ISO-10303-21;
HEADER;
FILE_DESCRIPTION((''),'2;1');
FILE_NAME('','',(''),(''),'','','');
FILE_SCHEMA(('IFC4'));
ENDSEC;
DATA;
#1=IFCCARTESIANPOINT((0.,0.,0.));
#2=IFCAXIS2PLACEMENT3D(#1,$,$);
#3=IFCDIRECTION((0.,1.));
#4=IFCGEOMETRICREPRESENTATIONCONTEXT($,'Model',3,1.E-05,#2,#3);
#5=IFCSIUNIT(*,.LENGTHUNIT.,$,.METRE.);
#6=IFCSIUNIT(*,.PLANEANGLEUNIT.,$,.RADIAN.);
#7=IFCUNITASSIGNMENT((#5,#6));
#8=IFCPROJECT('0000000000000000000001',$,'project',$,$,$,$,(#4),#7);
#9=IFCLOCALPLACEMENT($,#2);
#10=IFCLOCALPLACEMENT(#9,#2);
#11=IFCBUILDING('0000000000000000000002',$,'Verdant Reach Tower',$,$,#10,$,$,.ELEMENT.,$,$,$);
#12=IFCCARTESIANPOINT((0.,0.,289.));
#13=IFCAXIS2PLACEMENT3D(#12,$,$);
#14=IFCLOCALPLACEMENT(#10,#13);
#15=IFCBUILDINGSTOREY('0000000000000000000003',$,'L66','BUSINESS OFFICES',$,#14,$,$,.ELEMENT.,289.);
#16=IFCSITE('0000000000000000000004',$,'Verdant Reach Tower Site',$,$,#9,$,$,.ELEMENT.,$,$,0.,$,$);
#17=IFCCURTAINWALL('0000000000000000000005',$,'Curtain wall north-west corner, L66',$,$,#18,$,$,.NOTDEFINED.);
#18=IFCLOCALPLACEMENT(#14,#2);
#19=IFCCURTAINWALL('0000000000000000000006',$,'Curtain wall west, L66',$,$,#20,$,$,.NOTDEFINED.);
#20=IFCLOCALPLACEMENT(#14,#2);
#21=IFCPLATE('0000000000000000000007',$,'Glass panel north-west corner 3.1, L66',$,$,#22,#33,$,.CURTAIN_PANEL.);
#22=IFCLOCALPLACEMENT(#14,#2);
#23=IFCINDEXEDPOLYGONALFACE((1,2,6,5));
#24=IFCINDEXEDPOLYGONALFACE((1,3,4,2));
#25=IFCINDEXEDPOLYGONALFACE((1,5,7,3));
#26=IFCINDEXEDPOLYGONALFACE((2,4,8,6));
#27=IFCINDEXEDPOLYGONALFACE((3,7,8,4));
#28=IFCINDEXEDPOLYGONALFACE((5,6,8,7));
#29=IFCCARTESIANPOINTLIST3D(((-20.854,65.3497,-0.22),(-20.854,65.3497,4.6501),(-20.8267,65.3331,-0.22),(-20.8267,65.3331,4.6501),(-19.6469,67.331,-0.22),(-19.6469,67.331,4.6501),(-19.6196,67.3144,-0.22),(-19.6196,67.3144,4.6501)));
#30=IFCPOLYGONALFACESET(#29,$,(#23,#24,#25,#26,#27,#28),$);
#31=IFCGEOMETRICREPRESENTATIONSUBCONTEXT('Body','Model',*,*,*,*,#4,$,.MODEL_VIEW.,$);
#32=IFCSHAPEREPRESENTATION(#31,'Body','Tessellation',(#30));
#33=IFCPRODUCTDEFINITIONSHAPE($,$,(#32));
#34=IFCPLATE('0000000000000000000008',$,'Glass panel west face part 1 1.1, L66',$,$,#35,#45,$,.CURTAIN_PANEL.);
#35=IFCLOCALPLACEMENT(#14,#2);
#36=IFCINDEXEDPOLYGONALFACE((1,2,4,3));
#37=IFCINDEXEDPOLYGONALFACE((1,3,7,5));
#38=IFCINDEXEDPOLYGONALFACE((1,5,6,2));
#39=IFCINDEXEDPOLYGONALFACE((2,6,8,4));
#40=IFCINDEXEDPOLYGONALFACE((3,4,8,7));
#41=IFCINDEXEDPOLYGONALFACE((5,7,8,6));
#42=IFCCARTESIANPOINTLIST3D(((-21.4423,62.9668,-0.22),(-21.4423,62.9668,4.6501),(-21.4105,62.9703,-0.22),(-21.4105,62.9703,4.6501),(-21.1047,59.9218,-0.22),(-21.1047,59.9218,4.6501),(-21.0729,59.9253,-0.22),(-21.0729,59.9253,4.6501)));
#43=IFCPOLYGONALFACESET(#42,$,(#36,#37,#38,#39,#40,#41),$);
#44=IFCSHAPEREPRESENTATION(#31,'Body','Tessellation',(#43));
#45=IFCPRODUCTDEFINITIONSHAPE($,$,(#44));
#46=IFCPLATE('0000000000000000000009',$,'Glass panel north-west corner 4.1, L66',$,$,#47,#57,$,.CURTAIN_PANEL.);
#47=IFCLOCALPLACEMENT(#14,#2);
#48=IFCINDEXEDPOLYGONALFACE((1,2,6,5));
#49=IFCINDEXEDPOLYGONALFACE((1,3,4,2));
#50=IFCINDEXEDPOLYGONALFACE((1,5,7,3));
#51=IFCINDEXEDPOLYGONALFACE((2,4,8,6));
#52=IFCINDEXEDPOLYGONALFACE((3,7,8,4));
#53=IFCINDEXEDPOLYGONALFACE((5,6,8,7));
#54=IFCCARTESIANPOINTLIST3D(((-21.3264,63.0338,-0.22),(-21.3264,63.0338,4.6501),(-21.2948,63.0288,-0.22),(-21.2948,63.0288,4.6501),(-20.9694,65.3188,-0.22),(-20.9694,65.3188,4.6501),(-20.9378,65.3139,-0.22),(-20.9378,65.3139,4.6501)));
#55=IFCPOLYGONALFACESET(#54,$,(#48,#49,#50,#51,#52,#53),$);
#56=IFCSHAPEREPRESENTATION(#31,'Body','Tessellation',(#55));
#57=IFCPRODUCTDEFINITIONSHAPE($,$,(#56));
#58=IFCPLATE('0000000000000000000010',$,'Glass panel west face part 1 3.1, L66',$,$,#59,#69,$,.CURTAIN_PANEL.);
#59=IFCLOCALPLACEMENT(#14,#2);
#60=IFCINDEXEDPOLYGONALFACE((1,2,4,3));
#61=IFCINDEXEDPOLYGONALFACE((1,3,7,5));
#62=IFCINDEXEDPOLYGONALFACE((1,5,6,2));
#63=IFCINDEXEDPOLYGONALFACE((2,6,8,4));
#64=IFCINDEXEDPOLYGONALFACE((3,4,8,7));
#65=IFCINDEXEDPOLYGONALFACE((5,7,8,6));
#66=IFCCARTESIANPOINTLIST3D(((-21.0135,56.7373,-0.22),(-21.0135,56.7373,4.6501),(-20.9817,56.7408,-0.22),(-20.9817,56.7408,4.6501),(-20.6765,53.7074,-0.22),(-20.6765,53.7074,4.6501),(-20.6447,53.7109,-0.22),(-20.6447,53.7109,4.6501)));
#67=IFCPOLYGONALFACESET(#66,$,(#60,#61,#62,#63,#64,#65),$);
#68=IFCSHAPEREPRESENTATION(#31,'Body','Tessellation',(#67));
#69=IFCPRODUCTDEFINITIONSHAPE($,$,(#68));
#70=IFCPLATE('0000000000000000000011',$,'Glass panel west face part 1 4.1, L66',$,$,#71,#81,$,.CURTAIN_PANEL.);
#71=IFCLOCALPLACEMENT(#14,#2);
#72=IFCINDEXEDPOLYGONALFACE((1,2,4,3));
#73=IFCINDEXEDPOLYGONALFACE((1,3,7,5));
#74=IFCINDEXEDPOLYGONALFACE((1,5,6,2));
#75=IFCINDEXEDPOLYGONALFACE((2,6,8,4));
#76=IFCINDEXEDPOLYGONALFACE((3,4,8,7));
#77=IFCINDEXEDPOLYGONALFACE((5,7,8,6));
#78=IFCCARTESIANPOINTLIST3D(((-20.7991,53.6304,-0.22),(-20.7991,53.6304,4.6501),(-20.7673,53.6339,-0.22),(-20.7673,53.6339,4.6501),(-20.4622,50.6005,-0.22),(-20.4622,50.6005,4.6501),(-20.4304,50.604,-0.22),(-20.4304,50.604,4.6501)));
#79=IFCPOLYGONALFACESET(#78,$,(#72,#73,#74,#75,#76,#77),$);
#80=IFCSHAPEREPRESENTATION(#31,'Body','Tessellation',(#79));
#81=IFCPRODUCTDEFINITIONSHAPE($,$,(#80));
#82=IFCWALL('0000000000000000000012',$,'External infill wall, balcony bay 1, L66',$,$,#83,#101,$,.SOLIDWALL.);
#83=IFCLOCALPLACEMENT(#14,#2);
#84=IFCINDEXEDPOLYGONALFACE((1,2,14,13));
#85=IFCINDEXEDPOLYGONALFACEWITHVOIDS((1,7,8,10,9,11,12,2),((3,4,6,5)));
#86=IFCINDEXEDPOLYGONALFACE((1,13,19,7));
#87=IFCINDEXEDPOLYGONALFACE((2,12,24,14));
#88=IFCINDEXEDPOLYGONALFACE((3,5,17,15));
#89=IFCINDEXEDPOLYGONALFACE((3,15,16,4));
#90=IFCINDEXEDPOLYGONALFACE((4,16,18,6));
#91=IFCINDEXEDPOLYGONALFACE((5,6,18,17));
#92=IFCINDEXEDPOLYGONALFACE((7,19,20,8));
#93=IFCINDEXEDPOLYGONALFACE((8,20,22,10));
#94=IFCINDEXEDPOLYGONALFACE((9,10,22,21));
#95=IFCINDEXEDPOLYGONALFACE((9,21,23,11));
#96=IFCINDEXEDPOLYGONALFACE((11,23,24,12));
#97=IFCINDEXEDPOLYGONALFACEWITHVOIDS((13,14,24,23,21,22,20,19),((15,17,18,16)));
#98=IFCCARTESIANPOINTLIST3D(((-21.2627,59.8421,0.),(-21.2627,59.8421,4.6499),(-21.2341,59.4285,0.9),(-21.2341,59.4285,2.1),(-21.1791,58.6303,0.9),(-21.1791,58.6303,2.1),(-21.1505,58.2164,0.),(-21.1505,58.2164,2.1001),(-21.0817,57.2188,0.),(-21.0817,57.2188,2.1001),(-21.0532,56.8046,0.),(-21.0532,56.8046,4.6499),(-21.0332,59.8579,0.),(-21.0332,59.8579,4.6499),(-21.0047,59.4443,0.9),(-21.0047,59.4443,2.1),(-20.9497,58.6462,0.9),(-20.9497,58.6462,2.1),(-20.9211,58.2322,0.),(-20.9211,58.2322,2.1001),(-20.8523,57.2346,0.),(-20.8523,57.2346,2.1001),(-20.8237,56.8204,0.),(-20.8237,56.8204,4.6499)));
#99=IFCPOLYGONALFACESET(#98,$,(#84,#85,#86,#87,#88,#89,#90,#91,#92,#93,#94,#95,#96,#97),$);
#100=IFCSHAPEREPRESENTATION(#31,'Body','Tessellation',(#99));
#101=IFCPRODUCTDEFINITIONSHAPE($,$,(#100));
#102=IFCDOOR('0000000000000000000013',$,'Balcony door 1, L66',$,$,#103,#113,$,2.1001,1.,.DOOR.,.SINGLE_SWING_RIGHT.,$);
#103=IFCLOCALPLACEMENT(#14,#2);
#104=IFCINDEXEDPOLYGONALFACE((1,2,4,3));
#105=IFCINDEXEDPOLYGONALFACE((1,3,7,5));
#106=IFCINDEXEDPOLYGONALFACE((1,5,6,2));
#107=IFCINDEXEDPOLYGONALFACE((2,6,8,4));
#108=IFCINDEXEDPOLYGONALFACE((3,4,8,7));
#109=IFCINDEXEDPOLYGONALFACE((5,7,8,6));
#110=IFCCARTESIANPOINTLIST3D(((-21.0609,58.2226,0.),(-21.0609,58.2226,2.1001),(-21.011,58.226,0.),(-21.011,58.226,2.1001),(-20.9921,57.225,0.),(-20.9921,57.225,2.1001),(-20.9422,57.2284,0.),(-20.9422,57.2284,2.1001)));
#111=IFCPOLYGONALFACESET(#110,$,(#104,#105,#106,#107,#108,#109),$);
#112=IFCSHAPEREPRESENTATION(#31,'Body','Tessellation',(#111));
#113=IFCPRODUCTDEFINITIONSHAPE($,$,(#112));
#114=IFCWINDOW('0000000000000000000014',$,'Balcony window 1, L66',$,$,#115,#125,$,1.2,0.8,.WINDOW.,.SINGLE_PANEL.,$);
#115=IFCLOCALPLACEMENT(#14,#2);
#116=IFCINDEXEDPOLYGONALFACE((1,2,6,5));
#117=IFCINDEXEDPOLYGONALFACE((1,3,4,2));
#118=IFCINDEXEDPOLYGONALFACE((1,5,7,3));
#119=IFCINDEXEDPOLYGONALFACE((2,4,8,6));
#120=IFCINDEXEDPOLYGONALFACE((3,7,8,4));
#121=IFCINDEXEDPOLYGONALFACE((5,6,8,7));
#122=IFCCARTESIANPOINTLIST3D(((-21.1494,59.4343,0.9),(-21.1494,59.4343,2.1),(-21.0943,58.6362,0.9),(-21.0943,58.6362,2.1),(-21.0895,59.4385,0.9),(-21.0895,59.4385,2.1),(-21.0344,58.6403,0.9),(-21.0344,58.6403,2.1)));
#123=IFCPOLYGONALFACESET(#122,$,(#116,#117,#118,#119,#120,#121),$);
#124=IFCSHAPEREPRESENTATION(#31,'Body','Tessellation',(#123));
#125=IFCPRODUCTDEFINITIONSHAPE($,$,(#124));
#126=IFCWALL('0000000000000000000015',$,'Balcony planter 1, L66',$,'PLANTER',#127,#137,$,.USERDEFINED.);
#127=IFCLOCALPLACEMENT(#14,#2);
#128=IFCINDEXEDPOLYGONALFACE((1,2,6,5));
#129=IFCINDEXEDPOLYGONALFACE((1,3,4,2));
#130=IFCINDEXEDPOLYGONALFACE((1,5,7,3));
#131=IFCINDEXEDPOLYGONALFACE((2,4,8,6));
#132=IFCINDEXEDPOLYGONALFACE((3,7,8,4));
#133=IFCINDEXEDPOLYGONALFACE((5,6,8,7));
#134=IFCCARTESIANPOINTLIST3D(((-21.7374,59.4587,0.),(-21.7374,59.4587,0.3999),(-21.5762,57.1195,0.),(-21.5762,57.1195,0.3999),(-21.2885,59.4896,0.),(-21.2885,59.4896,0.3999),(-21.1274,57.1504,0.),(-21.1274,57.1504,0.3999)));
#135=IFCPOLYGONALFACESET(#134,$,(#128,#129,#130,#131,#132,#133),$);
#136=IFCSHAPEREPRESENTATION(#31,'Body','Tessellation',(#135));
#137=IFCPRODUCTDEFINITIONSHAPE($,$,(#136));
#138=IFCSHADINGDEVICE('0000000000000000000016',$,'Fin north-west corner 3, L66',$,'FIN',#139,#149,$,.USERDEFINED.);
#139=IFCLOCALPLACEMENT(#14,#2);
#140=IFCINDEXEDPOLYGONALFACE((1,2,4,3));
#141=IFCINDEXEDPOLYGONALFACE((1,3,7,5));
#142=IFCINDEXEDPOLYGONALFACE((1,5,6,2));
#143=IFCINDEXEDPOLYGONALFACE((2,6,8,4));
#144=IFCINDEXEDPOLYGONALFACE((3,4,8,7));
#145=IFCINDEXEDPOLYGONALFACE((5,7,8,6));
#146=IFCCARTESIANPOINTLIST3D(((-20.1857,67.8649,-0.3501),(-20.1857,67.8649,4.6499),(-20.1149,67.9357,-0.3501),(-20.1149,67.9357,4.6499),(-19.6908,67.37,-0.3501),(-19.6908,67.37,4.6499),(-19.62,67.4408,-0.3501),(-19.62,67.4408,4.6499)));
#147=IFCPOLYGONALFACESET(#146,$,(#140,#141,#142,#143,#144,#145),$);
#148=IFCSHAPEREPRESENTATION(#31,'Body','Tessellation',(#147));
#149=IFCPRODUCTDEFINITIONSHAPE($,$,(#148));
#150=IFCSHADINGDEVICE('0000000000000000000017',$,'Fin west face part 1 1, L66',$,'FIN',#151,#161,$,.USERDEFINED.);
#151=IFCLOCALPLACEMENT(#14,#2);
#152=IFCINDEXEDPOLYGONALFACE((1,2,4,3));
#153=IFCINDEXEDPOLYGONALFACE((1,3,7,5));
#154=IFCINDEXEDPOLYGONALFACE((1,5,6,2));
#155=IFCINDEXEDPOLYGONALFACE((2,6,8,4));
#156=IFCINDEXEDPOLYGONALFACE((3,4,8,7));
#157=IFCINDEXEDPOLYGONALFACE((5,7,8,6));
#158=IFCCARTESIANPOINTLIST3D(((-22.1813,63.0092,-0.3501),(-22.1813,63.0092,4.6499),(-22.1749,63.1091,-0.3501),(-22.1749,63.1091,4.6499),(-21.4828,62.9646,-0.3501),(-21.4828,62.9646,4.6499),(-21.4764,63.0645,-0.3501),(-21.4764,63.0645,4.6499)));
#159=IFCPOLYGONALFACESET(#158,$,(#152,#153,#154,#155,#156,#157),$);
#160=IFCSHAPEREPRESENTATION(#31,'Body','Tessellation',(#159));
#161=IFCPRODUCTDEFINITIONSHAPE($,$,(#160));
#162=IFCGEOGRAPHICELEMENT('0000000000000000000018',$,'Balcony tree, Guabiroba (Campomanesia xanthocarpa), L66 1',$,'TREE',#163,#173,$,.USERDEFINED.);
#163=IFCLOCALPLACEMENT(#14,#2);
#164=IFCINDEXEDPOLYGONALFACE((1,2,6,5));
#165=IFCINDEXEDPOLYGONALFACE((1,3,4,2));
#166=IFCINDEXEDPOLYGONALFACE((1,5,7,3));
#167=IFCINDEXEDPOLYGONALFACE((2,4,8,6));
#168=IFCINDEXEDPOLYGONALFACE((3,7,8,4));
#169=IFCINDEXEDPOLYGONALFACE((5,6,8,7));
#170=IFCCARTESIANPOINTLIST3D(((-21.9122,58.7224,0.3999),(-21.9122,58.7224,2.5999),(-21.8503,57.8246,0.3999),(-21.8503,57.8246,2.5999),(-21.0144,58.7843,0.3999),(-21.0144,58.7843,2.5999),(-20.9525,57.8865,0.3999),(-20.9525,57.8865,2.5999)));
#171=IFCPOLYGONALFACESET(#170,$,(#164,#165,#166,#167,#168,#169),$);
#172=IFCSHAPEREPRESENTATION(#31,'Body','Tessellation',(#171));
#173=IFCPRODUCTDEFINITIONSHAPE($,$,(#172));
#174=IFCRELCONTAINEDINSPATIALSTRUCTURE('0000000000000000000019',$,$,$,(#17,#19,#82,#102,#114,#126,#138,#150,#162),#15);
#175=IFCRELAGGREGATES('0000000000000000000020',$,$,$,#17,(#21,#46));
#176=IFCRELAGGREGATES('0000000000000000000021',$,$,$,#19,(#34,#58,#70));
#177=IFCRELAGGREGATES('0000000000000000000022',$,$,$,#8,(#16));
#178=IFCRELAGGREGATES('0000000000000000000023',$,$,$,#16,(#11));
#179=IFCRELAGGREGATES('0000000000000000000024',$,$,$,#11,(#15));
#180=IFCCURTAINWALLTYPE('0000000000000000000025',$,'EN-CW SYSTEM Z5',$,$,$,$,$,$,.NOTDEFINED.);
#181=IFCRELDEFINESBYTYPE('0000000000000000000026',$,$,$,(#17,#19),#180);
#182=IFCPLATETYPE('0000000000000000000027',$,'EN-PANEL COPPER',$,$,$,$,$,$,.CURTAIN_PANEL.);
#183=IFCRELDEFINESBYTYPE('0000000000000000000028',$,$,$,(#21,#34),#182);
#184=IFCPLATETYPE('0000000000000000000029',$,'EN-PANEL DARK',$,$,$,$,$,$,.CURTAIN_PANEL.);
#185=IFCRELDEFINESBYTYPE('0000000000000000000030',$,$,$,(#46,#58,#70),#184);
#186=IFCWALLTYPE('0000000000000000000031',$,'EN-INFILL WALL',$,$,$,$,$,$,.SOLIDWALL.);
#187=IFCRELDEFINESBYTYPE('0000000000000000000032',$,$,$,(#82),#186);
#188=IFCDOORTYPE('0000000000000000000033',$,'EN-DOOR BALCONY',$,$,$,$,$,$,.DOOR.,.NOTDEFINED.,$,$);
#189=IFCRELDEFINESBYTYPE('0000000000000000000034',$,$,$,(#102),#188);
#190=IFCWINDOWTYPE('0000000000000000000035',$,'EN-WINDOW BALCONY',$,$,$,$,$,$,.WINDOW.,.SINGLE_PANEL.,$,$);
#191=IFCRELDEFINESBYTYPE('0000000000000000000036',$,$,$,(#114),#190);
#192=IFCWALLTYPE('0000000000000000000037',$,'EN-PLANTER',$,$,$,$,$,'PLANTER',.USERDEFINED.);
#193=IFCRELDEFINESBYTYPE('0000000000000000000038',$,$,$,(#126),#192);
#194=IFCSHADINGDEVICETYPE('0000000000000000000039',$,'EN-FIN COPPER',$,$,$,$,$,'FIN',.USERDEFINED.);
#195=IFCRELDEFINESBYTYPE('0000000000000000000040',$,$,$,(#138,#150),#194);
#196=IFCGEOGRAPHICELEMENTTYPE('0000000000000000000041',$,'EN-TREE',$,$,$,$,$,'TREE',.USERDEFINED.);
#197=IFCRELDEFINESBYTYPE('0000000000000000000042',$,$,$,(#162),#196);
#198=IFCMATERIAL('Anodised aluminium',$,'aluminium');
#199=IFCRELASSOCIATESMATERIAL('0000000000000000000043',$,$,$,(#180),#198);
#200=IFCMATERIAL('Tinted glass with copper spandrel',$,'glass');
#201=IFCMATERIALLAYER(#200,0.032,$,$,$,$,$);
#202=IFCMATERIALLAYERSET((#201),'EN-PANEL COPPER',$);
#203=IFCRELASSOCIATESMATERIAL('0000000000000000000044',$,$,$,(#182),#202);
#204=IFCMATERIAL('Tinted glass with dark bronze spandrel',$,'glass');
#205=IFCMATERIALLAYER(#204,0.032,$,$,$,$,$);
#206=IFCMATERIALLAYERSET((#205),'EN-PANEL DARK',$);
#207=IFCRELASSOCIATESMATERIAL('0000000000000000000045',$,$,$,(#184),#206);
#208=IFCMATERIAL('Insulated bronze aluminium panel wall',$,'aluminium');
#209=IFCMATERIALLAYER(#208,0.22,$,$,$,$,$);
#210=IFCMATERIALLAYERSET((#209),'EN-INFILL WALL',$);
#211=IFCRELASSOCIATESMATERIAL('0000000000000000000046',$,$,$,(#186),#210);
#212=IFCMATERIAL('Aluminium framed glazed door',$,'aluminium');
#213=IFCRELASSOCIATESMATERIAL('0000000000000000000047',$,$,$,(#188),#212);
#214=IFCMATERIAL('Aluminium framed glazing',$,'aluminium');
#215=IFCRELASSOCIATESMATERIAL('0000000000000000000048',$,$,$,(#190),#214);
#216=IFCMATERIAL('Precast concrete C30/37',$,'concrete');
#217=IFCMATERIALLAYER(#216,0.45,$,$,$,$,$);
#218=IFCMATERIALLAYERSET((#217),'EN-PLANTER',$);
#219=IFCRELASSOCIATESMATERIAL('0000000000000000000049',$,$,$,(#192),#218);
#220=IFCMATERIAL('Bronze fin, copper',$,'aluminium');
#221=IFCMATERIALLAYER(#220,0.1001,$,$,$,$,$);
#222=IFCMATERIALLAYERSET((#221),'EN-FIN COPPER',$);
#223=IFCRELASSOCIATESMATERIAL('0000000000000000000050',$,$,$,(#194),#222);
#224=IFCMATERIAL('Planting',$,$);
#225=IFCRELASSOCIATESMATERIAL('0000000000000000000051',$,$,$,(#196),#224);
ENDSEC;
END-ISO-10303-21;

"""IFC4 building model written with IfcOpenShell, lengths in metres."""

from ifc_helpers import new_model, si_unit, direction, frame, frame_2d, origin, origin_2d, place, context, subcontext, project, spatial, rectangle, extrude, material, layer, layer_set, type_object, element, fill, aggregate, save


model = new_model("IFC4")

# Units and contexts
model_context = context("Model", 3, precision=1e-05, world=origin(), true_north=direction((0.0, 1.0)))
body_context = subcontext(model_context, "Body", "Model", "MODEL_VIEW")
ifc_project = project(units=[si_unit("LENGTHUNIT", "METRE"), si_unit("PLANEANGLEUNIT", "RADIAN")], contexts=[model_context])

# Site, building, storey
site_placement = place(None, origin())
site = spatial("IfcSite", under=ifc_project, at=site_placement, Name="Verdant Reach Tower Site", CompositionType="ELEMENT", RefElevation=0.0)
building_placement = place(site_placement, origin())
building = spatial("IfcBuilding", under=site, at=building_placement, Name="Verdant Reach Tower", CompositionType="ELEMENT")
storey_placement = place(building_placement, frame((0.0, 0.0, 289.0)))
storey = spatial("IfcBuildingStorey", under=building, at=storey_placement, Name="L66", Description="BUSINESS OFFICES", CompositionType="ELEMENT", Elevation=289.0)

# Curtain walls
ifc_material_1 = material(Name="Anodised aluminium", Category="aluminium")
curtain_wall_type = type_object("IfcCurtainWallType", Name="EN-CW SYSTEM Z5", PredefinedType="NOTDEFINED", material=ifc_material_1)
curtain_wall_1_placement = place(storey_placement, origin())
curtain_wall_1 = element("IfcCurtainWall", 1, at=curtain_wall_1_placement, inside=storey, type_object=curtain_wall_type, Name="Curtain wall north-west corner, L66", PredefinedType="NOTDEFINED")
curtain_wall_2_placement = place(storey_placement, origin())
curtain_wall_2 = element("IfcCurtainWall", 2, at=curtain_wall_2_placement, inside=storey, type_object=curtain_wall_type, Name="Curtain wall west, L66", PredefinedType="NOTDEFINED")

# Plates
ifc_material_2 = material(Name="Tinted glass with copper spandrel", Category="glass")
ifc_layer_1 = layer(ifc_material_2, 0.032)
ifc_layer_set_1 = layer_set([ifc_layer_1], Name="EN-PANEL COPPER")
plate_type_1 = type_object("IfcPlateType", Name="EN-PANEL COPPER", PredefinedType="CURTAIN_PANEL", material=ifc_layer_set_1)
plate_1_placement = place(storey_placement, frame((-20.2368, 66.332, -0.22), z_axis=(0.0, 0.0, 1.0), x_axis=(-0.520292, -0.853989, 0.0)))
plate_1 = element("IfcPlate", 3, at=plate_1_placement, type_object=plate_type_1, Name="Glass panel north-west corner 3.1, L66", PredefinedType="CURTAIN_PANEL", context=body_context, shape_type="SweptSolid", body=[
    extrude(rectangle(XDim=2.3201, YDim=0.032, at=origin_2d()), origin(), (0.0, 0.0, 1.0), 4.8701),
])
plate_2_placement = place(storey_placement, frame((-21.2576, 61.446, -0.22), z_axis=(0.0, 0.0, 1.0), x_axis=(0.110198, -0.99391, 0.0)))
plate_2 = element("IfcPlate", 4, at=plate_2_placement, type_object=plate_type_1, Name="Glass panel west face part 1 1.1, L66", PredefinedType="CURTAIN_PANEL", context=body_context, shape_type="SweptSolid", body=[
    extrude(rectangle(XDim=3.0637, YDim=0.032, at=origin_2d()), origin(), (0.0, 0.0, 1.0), 4.8701),
])
ifc_material_3 = material(Name="Tinted glass with dark bronze spandrel", Category="glass")
ifc_layer_2 = layer(ifc_material_3, 0.032)
ifc_layer_set_2 = layer_set([ifc_layer_2], Name="EN-PANEL DARK")
plate_type_2 = type_object("IfcPlateType", Name="EN-PANEL DARK", PredefinedType="CURTAIN_PANEL", material=ifc_layer_set_2)
plate_3_placement = place(storey_placement, frame((-21.1321, 64.1738, -0.22), z_axis=(0.0, 0.0, 1.0), x_axis=(-0.154337, -0.988018, 0.0)))
plate_3 = element("IfcPlate", 5, at=plate_3_placement, type_object=plate_type_2, Name="Glass panel north-west corner 4.1, L66", PredefinedType="CURTAIN_PANEL", context=body_context, shape_type="SweptSolid", body=[
    extrude(rectangle(XDim=2.3127, YDim=0.032, at=origin_2d()), origin(), (0.0, 0.0, 1.0), 4.8701),
])
aggregate(curtain_wall_1, [plate_1, plate_3])
plate_4_placement = place(storey_placement, frame((-20.8291, 55.2241, -0.22), z_axis=(0.0, 0.0, 1.0), x_axis=(0.110518, -0.993874, 0.0)))
plate_4 = element("IfcPlate", 6, at=plate_4_placement, type_object=plate_type_2, Name="Glass panel west face part 1 3.1, L66", PredefinedType="CURTAIN_PANEL", context=body_context, shape_type="SweptSolid", body=[
    extrude(rectangle(XDim=3.0486, YDim=0.032, at=origin_2d()), origin(), (0.0, 0.0, 1.0), 4.8701),
])
plate_5_placement = place(storey_placement, frame((-20.6147, 52.1172, -0.22), z_axis=(0.0, 0.0, 1.0), x_axis=(0.110518, -0.993874, 0.0)))
plate_5 = element("IfcPlate", 7, at=plate_5_placement, type_object=plate_type_2, Name="Glass panel west face part 1 4.1, L66", PredefinedType="CURTAIN_PANEL", context=body_context, shape_type="SweptSolid", body=[
    extrude(rectangle(XDim=3.0486, YDim=0.032, at=origin_2d()), origin(), (0.0, 0.0, 1.0), 4.8701),
])
aggregate(curtain_wall_2, [plate_2, plate_4, plate_5])

# Wall, openings, door, window
ifc_material_4 = material(Name="Insulated bronze aluminium panel wall", Category="aluminium")
ifc_layer_3 = layer(ifc_material_4, 0.22)
ifc_layer_set_3 = layer_set([ifc_layer_3], Name="EN-INFILL WALL")
wall_type_1 = type_object("IfcWallType", Name="EN-INFILL WALL", PredefinedType="SOLIDWALL", material=ifc_layer_set_3)
wall_1_placement = place(storey_placement, frame((-21.1479, 59.8501, 0.0), z_axis=(0.0, 0.0, 1.0), x_axis=(0.068802, -0.99763, 0.0)))
wall_1 = element("IfcWall", 8, at=wall_1_placement, inside=storey, type_object=wall_type_1, Name="External infill wall, balcony bay 1, L66", PredefinedType="SOLIDWALL", context=body_context, shape_type="SweptSolid", body=[
    extrude(rectangle(XDim=3.0447, YDim=0.23, at=frame_2d((1.5225, 0.0))), origin(), (0.0, 0.0, 1.0), 4.6499),
])
opening_1_placement = place(wall_1_placement, frame((1.6296, 0.0, 0.0)))
opening_1 = element("IfcOpeningElement", 9, at=opening_1_placement, cuts=wall_1, PredefinedType="OPENING", context=body_context, shape_type="SweptSolid", body=[
    extrude(rectangle(XDim=1.0, YDim=2.1001, at=frame_2d((0.5, 1.05))), frame((0.0, 0.125, 0.0), z_axis=(0.0, -1.0, 0.0), x_axis=(1.0, 0.0, 0.0)), (0.0, 0.0, 1.0), 0.25),
])
opening_2_placement = place(wall_1_placement, frame((0.4148, 0.0, 0.8999)))
opening_2 = element("IfcOpeningElement", 10, at=opening_2_placement, cuts=wall_1, PredefinedType="OPENING", context=body_context, shape_type="SweptSolid", body=[
    extrude(rectangle(XDim=0.8, YDim=1.2, at=frame_2d((0.3999, 0.6001))), frame((0.0, 0.125, 0.0), z_axis=(0.0, -1.0, 0.0), x_axis=(1.0, 0.0, 0.0)), (0.0, 0.0, 1.0), 0.25),
])
ifc_material_5 = material(Name="Aluminium framed glazed door", Category="aluminium")
door_type = type_object("IfcDoorType", Name="EN-DOOR BALCONY", OperationType="NOTDEFINED", PredefinedType="DOOR", material=ifc_material_5)
door_placement = place(opening_1_placement, origin())
door = element("IfcDoor", 11, at=door_placement, inside=storey, type_object=door_type, Name="Balcony door 1, L66", OperationType="SINGLE_SWING_RIGHT", OverallHeight=2.1001, OverallWidth=1.0, PredefinedType="DOOR", context=body_context, shape_type="SweptSolid", body=[
    extrude(rectangle(XDim=1.0, YDim=2.1001, at=frame_2d((0.5, 1.05))), frame((0.0, 0.0249, 0.0), z_axis=(0.0, -1.0, 0.0), x_axis=(1.0, 0.0, 0.0)), (0.0, 0.0, 1.0), 0.05),
])
fill(opening_1, door)
ifc_material_6 = material(Name="Aluminium framed glazing", Category="aluminium")
window_type = type_object("IfcWindowType", Name="EN-WINDOW BALCONY", PartitioningType="SINGLE_PANEL", PredefinedType="WINDOW", material=ifc_material_6)
window_placement = place(opening_2_placement, origin())
window = element("IfcWindow", 12, at=window_placement, inside=storey, type_object=window_type, Name="Balcony window 1, L66", OverallHeight=1.2, OverallWidth=0.8, PartitioningType="SINGLE_PANEL", PredefinedType="WINDOW", context=body_context, shape_type="SweptSolid", body=[
    extrude(rectangle(XDim=0.8, YDim=1.2, at=frame_2d((0.3999, 0.6001))), frame((0.0, 0.03, 0.0), z_axis=(0.0, -1.0, 0.0), x_axis=(1.0, 0.0, 0.0)), (0.0, 0.0, 1.0), 0.0601),
])
fill(opening_2, window)

# Wall
ifc_material_7 = material(Name="Precast concrete C30/37", Category="concrete")
ifc_layer_4 = layer(ifc_material_7, 0.45)
ifc_layer_set_4 = layer_set([ifc_layer_4], Name="EN-PLANTER")
wall_type_2 = type_object("IfcWallType", Name="EN-PLANTER", ElementType="PLANTER", PredefinedType="USERDEFINED", material=ifc_layer_set_4)
wall_2_placement = place(storey_placement, frame((-21.5129, 59.4741, 0.0), z_axis=(0.0, 0.0, 1.0), x_axis=(0.068723, -0.997636, 0.0)))
element("IfcWall", 13, at=wall_2_placement, inside=storey, type_object=wall_type_2, Name="Balcony planter 1, L66", ObjectType="PLANTER", PredefinedType="USERDEFINED", context=body_context, shape_type="SweptSolid", body=[
    extrude(rectangle(XDim=2.3447, YDim=0.45, at=frame_2d((1.1724, 0.0))), origin(), (0.0, 0.0, 1.0), 0.3999),
])

# Shading devices
ifc_material_8 = material(Name="Bronze fin, copper", Category="aluminium")
ifc_layer_5 = layer(ifc_material_8, 0.1001)
ifc_layer_set_5 = layer_set([ifc_layer_5], Name="EN-FIN COPPER")
shading_device_type = type_object("IfcShadingDeviceType", Name="EN-FIN COPPER", ElementType="FIN", PredefinedType="USERDEFINED", material=ifc_layer_set_5)
for number, where, z_axis, x_axis, name in (
    (14, (-19.9028, 67.6528, -0.3501), (0.0, 0.0, 1.0), (-0.707107, -0.707107, 0.0), "Fin north-west corner 3, L66"),
    (15, (-21.8289, 63.0369, -0.3501), (0.0, 0.0, 1.0), (-0.063699, -0.997969, 0.0), "Fin west face part 1 1, L66"),
):
    element("IfcShadingDevice", number, at=place(storey_placement, frame(where, z_axis=z_axis, x_axis=x_axis)), inside=storey, type_object=shading_device_type, Name=name, ObjectType="FIN", PredefinedType="USERDEFINED", context=body_context, shape_type="SweptSolid", body=[
        extrude(rectangle(XDim=0.1001, YDim=0.7, at=origin_2d()), origin(), (0.0, 0.0, 1.0), 5.0),
    ])

# Geographic element
ifc_material_9 = material(Name="Planting")
geographic_element_type = type_object("IfcGeographicElementType", Name="EN-TREE", ElementType="TREE", PredefinedType="USERDEFINED", material=ifc_material_9)
geographic_element_placement = place(storey_placement, frame((-21.4324, 58.3044, 0.3999), z_axis=(0.0, 0.0, 1.0), x_axis=(0.068802, -0.99763, 0.0)))
element("IfcGeographicElement", 16, at=geographic_element_placement, inside=storey, type_object=geographic_element_type, Name="Balcony tree, Guabiroba (Campomanesia xanthocarpa), L66 1", ObjectType="TREE", PredefinedType="USERDEFINED", context=body_context, shape_type="SweptSolid", body=[
    extrude(rectangle(XDim=0.8999, YDim=0.8999, at=origin_2d()), origin(), (0.0, 0.0, 1.0), 2.2),
])

save(model, "model.ifc")
